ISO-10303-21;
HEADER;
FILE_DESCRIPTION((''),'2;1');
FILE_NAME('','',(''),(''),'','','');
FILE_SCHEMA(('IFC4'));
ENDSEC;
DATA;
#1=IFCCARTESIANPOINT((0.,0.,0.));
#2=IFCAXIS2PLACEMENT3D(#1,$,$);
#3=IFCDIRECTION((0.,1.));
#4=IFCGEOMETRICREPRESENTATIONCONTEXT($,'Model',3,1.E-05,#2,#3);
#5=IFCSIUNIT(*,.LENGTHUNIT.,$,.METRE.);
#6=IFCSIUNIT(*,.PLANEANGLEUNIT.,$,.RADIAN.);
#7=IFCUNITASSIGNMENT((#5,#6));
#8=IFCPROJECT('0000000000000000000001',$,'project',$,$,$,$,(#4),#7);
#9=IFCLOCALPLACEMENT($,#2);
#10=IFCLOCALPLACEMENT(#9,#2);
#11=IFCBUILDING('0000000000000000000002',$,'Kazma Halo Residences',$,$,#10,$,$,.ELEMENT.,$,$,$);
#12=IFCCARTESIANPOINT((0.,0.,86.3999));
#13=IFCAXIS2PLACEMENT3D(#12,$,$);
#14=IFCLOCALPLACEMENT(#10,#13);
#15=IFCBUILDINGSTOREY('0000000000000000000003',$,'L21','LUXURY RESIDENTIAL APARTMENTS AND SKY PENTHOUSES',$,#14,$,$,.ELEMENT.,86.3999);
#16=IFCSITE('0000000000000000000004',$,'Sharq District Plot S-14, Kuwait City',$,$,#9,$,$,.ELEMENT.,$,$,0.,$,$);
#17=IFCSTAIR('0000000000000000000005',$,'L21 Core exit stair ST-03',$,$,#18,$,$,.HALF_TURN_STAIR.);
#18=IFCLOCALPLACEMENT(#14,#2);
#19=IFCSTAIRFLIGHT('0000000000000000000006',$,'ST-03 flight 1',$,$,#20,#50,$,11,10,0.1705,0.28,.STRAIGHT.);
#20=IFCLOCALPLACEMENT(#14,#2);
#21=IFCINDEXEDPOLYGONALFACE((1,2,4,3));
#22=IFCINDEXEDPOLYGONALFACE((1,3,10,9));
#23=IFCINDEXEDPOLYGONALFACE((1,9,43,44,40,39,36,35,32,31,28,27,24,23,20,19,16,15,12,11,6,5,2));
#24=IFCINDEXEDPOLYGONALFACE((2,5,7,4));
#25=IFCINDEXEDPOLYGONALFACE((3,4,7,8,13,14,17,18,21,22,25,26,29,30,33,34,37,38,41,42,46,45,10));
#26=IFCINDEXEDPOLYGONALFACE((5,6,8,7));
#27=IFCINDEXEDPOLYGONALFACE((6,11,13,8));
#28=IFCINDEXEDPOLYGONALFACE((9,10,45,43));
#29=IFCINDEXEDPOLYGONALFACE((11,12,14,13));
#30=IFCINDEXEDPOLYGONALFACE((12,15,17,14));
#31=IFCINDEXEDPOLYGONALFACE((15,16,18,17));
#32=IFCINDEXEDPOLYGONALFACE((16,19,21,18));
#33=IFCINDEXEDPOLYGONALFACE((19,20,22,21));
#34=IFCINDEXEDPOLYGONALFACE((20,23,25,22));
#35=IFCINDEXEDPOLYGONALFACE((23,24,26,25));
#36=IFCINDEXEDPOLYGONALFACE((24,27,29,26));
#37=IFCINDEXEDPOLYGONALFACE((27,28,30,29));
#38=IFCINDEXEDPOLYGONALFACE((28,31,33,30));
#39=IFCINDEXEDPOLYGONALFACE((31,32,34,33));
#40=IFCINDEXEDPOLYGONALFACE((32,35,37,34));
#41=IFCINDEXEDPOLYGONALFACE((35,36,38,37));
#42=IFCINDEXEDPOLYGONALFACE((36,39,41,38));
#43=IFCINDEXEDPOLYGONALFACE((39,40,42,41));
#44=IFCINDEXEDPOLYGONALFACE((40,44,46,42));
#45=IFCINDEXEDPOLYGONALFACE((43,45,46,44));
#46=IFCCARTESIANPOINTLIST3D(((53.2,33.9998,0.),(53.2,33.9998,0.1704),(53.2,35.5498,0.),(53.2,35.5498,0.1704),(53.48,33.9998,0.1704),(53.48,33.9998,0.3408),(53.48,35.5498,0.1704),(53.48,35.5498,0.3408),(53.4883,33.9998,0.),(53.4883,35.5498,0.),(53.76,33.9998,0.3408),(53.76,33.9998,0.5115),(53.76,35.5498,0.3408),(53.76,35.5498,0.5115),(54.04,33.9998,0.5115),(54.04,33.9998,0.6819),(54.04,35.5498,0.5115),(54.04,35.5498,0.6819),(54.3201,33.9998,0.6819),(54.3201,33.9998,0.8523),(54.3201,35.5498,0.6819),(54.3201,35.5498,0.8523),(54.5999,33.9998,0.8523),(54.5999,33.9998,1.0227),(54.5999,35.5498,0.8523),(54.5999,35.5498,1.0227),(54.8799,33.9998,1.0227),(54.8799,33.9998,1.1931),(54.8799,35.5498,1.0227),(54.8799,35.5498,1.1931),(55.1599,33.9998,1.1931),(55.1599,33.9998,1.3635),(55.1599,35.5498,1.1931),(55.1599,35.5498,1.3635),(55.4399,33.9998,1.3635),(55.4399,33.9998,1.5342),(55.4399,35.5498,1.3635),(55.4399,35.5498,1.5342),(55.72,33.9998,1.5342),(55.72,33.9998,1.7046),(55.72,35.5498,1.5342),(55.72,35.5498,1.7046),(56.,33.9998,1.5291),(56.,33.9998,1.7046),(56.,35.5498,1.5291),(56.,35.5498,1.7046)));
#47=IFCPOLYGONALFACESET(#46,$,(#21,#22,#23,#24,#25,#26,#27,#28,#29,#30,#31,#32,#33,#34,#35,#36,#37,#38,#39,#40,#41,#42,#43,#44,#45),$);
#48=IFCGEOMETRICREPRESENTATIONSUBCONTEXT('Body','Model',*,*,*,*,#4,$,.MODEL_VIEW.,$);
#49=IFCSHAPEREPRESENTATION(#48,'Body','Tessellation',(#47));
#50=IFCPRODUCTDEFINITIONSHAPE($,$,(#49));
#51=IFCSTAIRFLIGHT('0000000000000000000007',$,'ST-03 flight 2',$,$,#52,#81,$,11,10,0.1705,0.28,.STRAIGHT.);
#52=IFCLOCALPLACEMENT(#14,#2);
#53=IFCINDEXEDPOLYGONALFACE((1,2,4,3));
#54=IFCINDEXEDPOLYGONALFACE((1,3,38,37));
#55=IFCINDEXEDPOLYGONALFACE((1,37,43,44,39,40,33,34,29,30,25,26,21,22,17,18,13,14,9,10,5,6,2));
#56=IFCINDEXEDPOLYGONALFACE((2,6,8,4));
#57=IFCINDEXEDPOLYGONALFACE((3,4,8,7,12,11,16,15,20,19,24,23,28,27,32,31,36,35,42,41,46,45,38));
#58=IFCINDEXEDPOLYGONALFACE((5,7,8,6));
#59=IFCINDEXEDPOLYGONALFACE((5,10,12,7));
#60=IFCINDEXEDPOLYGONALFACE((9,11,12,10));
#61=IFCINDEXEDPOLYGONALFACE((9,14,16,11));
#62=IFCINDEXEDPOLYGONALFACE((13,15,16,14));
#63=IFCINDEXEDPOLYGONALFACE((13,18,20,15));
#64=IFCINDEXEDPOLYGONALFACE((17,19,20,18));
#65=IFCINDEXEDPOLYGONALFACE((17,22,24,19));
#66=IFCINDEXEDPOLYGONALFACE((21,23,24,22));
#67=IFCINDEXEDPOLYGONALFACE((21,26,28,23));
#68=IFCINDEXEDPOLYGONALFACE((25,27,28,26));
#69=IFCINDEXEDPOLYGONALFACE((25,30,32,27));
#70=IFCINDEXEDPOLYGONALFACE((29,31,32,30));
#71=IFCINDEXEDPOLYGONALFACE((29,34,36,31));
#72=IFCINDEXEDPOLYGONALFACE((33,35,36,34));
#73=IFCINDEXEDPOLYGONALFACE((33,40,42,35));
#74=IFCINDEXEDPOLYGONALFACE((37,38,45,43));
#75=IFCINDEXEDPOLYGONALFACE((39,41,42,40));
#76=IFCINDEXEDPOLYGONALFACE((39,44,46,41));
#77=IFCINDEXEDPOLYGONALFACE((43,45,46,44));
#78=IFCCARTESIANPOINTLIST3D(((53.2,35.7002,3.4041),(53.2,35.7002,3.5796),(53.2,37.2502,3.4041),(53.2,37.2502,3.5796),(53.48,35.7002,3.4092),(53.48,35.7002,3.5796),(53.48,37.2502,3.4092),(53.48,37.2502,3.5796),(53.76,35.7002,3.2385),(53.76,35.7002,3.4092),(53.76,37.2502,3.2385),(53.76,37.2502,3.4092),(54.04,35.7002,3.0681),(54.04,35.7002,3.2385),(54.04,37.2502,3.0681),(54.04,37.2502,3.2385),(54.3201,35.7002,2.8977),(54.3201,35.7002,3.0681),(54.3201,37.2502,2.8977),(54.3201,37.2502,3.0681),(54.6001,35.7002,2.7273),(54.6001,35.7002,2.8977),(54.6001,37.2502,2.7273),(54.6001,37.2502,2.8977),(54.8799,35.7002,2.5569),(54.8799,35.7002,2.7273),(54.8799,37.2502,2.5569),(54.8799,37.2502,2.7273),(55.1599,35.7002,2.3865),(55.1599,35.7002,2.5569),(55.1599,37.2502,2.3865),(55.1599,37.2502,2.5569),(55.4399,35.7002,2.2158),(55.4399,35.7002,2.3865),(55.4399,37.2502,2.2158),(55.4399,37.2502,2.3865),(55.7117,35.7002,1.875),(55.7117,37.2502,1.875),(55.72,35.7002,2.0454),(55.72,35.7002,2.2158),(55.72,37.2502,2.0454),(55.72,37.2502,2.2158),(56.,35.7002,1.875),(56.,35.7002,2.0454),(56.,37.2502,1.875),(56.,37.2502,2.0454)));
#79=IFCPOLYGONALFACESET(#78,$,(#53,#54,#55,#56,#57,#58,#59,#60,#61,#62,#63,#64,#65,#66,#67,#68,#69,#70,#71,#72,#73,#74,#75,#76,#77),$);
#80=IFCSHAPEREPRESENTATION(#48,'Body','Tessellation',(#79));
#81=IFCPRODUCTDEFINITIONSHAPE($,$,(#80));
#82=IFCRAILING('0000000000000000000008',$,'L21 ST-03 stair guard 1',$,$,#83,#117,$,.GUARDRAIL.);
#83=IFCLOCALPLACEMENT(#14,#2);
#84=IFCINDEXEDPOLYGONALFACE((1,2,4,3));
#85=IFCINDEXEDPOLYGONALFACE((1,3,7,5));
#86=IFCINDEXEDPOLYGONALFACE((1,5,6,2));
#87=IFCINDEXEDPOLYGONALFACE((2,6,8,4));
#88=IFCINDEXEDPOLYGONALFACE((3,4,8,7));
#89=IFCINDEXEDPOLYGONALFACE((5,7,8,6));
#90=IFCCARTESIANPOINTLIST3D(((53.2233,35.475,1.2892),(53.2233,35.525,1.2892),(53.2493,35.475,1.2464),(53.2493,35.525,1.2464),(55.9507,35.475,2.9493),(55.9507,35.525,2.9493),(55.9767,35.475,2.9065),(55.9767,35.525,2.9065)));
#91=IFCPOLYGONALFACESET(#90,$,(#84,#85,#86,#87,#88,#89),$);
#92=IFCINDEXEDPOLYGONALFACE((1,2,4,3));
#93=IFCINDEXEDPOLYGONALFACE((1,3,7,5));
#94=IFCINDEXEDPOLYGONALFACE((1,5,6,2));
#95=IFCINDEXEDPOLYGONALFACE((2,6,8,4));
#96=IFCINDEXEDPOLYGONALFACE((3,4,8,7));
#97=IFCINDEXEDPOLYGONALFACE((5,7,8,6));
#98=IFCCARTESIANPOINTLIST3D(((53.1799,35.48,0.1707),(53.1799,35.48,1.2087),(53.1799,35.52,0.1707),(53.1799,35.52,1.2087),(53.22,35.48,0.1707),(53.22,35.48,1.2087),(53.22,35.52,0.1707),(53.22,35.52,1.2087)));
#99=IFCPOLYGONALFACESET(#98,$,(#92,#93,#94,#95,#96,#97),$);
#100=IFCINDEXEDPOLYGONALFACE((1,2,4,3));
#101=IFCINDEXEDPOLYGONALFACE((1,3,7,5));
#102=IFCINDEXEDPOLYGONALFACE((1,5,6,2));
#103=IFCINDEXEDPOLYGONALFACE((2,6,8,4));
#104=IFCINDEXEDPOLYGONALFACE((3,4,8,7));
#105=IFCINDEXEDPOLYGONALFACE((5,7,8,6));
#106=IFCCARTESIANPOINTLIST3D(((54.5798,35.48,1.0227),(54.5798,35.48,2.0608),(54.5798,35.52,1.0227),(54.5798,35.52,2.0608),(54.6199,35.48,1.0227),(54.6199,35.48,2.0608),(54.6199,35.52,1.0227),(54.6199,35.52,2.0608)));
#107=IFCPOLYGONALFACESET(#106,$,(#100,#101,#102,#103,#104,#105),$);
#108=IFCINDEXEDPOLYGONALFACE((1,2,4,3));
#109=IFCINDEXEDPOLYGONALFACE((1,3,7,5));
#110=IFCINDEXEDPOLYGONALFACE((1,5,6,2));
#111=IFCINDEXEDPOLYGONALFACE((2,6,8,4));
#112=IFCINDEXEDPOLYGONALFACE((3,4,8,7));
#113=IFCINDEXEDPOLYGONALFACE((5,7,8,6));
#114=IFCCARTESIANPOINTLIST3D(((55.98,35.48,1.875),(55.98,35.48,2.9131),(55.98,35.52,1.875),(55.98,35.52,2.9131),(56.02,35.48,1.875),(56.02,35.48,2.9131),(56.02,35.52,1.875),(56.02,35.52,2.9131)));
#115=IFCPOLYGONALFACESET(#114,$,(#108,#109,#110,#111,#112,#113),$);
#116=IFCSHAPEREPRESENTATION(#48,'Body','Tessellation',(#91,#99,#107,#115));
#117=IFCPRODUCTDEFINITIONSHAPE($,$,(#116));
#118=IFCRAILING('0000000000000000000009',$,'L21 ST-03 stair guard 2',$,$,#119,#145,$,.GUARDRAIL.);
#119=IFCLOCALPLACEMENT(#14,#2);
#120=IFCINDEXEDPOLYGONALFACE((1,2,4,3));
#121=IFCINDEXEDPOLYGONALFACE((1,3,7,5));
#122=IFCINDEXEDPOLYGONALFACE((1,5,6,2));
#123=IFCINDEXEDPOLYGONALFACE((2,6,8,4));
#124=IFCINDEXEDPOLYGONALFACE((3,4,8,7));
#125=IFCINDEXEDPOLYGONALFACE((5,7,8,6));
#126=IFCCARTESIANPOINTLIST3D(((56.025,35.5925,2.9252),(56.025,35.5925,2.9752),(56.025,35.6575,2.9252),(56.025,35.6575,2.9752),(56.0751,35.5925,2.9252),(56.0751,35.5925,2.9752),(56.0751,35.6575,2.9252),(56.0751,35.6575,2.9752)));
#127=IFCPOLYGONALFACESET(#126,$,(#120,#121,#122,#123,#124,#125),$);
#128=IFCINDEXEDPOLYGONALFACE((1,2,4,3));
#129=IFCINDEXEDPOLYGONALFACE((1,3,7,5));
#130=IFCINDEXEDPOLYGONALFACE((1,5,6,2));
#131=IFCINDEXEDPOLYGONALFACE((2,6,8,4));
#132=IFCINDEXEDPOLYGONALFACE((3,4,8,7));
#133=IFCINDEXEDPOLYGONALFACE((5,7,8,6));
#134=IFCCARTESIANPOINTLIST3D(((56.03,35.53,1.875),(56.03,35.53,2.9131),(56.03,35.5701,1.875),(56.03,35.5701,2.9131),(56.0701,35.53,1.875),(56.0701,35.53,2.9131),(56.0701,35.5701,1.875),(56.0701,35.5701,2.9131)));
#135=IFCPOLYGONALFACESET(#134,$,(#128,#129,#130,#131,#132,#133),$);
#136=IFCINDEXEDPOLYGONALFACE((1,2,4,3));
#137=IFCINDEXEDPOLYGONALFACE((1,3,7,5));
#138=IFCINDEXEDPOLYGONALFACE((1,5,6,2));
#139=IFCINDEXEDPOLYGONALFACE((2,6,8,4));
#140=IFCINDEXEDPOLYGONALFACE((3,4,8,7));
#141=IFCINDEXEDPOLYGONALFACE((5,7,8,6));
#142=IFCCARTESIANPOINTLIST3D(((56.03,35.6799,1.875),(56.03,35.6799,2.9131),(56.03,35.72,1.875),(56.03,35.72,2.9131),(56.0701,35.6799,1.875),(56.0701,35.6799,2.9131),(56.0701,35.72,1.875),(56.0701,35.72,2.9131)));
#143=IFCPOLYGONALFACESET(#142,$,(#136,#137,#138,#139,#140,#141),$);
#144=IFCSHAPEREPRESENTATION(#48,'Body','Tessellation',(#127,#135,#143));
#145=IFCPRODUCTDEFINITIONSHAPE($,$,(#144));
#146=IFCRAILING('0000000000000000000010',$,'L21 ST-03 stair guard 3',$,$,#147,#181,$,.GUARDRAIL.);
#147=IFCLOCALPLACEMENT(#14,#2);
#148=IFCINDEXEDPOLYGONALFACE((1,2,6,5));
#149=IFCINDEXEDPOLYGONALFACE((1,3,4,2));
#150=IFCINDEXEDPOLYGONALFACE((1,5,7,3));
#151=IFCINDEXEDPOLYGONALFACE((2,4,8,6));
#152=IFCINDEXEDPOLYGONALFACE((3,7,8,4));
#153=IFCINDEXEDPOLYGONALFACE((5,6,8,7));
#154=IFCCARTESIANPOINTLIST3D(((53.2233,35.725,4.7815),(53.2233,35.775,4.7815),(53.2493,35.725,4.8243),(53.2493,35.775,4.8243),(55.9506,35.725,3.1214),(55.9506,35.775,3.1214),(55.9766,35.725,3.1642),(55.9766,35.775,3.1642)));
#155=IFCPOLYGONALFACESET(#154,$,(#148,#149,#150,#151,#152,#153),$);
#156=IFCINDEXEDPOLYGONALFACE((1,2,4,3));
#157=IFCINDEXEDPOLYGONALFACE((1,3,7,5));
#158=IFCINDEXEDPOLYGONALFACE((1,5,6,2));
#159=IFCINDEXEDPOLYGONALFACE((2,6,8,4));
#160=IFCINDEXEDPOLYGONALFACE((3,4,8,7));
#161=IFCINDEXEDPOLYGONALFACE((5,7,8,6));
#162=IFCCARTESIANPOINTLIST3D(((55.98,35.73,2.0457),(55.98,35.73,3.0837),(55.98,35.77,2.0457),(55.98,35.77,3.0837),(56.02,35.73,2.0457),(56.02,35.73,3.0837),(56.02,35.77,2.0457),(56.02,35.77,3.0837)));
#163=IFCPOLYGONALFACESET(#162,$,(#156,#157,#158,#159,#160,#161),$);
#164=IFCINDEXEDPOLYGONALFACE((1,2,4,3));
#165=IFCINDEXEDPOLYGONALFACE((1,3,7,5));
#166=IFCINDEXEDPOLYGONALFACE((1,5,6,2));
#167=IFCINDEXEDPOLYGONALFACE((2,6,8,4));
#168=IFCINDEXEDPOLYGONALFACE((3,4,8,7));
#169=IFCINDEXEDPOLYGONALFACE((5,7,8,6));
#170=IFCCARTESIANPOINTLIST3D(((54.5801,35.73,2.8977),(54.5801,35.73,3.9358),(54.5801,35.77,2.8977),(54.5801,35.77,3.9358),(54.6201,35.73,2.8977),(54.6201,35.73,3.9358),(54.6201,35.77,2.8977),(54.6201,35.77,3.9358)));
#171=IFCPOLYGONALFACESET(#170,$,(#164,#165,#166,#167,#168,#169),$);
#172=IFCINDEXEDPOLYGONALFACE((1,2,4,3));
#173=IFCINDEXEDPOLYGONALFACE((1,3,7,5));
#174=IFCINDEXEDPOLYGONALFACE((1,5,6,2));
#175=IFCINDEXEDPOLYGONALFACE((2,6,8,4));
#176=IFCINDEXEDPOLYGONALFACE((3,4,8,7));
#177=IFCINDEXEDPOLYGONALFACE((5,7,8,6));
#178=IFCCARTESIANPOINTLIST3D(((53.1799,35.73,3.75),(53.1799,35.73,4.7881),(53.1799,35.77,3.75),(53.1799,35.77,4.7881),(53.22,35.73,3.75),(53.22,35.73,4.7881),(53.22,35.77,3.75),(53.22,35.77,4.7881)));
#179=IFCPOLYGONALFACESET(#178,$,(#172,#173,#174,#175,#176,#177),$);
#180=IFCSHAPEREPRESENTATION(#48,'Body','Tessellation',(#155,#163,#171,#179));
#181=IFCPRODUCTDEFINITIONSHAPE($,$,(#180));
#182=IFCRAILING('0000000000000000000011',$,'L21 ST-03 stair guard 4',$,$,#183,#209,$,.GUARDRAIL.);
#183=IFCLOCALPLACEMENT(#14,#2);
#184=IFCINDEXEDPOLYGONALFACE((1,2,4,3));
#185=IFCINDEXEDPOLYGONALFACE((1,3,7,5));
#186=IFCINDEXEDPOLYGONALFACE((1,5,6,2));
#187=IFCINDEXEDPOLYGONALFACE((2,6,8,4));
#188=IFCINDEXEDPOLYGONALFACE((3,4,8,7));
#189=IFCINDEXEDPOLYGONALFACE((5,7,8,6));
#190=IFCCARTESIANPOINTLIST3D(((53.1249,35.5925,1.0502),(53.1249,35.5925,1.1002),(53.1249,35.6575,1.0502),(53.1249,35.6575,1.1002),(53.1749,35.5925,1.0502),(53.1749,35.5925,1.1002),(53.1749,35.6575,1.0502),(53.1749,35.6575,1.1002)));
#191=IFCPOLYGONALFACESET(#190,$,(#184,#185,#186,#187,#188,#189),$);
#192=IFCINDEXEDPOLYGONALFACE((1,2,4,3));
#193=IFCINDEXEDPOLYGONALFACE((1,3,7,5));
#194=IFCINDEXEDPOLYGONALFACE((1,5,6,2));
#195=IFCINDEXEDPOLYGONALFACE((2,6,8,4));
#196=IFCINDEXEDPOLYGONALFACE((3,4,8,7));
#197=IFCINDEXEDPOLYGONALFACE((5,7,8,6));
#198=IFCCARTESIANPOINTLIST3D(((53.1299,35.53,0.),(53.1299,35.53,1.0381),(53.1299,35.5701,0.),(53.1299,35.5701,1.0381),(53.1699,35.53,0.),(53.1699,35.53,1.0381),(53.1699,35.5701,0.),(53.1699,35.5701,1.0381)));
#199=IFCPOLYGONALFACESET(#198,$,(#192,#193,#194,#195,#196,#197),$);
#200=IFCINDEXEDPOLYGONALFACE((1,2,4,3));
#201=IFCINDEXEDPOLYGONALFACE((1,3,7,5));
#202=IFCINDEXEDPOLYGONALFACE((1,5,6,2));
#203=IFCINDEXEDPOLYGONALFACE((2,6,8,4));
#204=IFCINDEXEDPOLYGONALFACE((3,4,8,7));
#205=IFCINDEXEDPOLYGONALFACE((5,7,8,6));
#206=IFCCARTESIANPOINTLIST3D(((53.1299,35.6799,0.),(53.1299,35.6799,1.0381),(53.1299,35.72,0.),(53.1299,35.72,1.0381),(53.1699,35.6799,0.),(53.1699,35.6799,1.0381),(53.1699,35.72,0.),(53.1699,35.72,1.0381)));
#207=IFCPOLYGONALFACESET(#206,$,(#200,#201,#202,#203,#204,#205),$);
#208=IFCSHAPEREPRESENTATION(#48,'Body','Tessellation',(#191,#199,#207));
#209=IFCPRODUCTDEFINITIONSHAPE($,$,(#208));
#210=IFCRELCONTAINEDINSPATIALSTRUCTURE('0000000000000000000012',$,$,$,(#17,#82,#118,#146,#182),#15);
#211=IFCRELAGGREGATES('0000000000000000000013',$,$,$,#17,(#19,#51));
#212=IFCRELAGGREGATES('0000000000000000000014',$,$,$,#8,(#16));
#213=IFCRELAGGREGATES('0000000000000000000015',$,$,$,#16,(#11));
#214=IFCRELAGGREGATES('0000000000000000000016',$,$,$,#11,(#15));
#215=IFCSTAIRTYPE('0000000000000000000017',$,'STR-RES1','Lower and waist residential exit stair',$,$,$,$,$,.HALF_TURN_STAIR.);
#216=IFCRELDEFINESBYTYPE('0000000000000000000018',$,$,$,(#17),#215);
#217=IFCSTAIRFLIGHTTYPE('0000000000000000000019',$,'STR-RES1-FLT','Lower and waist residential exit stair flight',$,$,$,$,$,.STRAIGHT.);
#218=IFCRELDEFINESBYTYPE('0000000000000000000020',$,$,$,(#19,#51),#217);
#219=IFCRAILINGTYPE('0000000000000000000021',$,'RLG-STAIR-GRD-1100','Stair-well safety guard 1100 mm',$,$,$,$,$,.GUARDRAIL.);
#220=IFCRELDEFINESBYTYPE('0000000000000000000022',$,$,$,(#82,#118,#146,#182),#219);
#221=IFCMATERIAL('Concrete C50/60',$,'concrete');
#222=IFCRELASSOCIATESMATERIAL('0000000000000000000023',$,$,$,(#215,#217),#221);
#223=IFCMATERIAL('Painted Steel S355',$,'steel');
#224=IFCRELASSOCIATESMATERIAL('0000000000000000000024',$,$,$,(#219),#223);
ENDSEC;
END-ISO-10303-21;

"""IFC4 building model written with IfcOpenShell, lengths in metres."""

from ifc_helpers import new_model, si_unit, direction, frame, origin, origin_2d, place, context, subcontext, project, spatial, polyline, rectangle, outline, extrude, material, type_object, element, aggregate, save


model = new_model("IFC4")

# Units and contexts
model_context = context("Model", 3, precision=1e-05, world=origin(), true_north=direction((0.0, 1.0)))
body_context = subcontext(model_context, "Body", "Model", "MODEL_VIEW")
ifc_project = project(units=[si_unit("LENGTHUNIT", "METRE"), si_unit("PLANEANGLEUNIT", "RADIAN")], contexts=[model_context])

# Site, building, storey
site_placement = place(None, origin())
site = spatial("IfcSite", under=ifc_project, at=site_placement, Name="Sharq District Plot S-14, Kuwait City", CompositionType="ELEMENT", RefElevation=0.0)
building_placement = place(site_placement, origin())
building = spatial("IfcBuilding", under=site, at=building_placement, Name="Kazma Halo Residences", CompositionType="ELEMENT")
storey_placement = place(building_placement, frame((0.0, 0.0, 86.3999)))
storey = spatial("IfcBuildingStorey", under=building, at=storey_placement, Name="L21", Description="LUXURY RESIDENTIAL APARTMENTS AND SKY PENTHOUSES", CompositionType="ELEMENT", Elevation=86.3999)

# Shared definitions
ifc_material_1 = material(Name="Concrete C50/60", Category="concrete")

# Stair, stair flights
stair_type = type_object("IfcStairType", Name="STR-RES1", Description="Lower and waist residential exit stair", PredefinedType="HALF_TURN_STAIR", material=ifc_material_1)
stair_placement = place(storey_placement, origin())
stair = element("IfcStair", 1, at=stair_placement, inside=storey, type_object=stair_type, Name="L21 Core exit stair ST-03", PredefinedType="HALF_TURN_STAIR")
stair_flight_type = type_object("IfcStairFlightType", Name="STR-RES1-FLT", Description="Lower and waist residential exit stair flight", PredefinedType="STRAIGHT", material=ifc_material_1)
stair_flight_1_placement = place(storey_placement, frame((53.2, 34.7749, 0.0), z_axis=(0.0, 0.0, 1.0), x_axis=(1.0, 0.0, 0.0)))
stair_flight_1 = element("IfcStairFlight", 2, at=stair_flight_1_placement, type_object=stair_flight_type, Name="ST-03 flight 1", NumberOfRisers=11, NumberOfTreads=10, PredefinedType="STRAIGHT", RiserHeight=0.1705, TreadLength=0.28, context=body_context, shape_type="SweptSolid", body=[
    extrude(outline(polyline([(0.0, 0.0), (0.0, 0.1704), (0.28, 0.1704), (0.28, 0.3408), (0.5601, 0.3408), (0.5601, 0.5115), (0.8401, 0.5115), (0.8401, 0.6819), (1.1201, 0.6819), (1.1201, 0.8523), (1.3999, 0.8523), (1.3999, 1.0227), (1.6799, 1.0227), (1.6799, 1.1931), (1.96, 1.1931), (1.96, 1.3635), (2.24, 1.3635), (2.24, 1.5342), (2.52, 1.5342), (2.52, 1.7046), (2.8, 1.7046), (2.8, 1.875), (2.8, 1.5291), (0.2883, 0.0), (0.0, 0.0)])), frame((0.0, 0.7749, 0.0), z_axis=(0.0, -1.0, 0.0), x_axis=(1.0, 0.0, 0.0)), (0.0, 0.0, 1.0), 1.55),
])
stair_flight_2_placement = place(storey_placement, frame((56.0, 36.4751, 1.875), z_axis=(0.0, 0.0, 1.0), x_axis=(-1.0, 0.0, 0.0)))
stair_flight_2 = element("IfcStairFlight", 3, at=stair_flight_2_placement, type_object=stair_flight_type, Name="ST-03 flight 2", NumberOfRisers=11, NumberOfTreads=10, PredefinedType="STRAIGHT", RiserHeight=0.1705, TreadLength=0.28, context=body_context, shape_type="SweptSolid", body=[
    extrude(outline(polyline([(0.0, 0.0), (0.0, 0.1704), (0.28, 0.1704), (0.28, 0.3408), (0.5601, 0.3408), (0.5601, 0.5115), (0.8401, 0.5115), (0.8401, 0.6819), (1.1201, 0.6819), (1.1201, 0.8523), (1.3999, 0.8523), (1.3999, 1.0227), (1.6799, 1.0227), (1.6799, 1.1931), (1.96, 1.1931), (1.96, 1.3635), (2.24, 1.3635), (2.24, 1.5342), (2.52, 1.5342), (2.52, 1.7046), (2.8, 1.7046), (2.8, 1.875), (2.8, 1.5291), (0.2883, 0.0), (0.0, 0.0)])), frame((0.0, 0.7749, 0.0), z_axis=(0.0, -1.0, 0.0), x_axis=(1.0, 0.0, 0.0)), (0.0, 0.0, 1.0), 1.55),
])
aggregate(stair, [stair_flight_1, stair_flight_2])

# Railings
ifc_material_2 = material(Name="Painted Steel S355", Category="steel")
railing_type_1 = type_object("IfcRailingType", Name="RLG-STAIR-GRD-1100", Description="Stair-well safety guard 1100 mm", PredefinedType="GUARDRAIL", material=ifc_material_2)
railing_1_placement = place(storey_placement, frame((53.2, 35.5, 0.1707)))
element("IfcRailing", 4, at=railing_1_placement, inside=storey, type_object=railing_type_1, Name="L21 ST-03 stair guard 1", PredefinedType="GUARDRAIL", context=body_context, shape_type="SweptSolid", body=[
    extrude(rectangle(XDim=0.05, YDim=0.05, at=origin_2d()), frame((0.0364, 0.0, 1.0972), z_axis=(0.854203, 0.0, 0.51994), x_axis=(0.0, 1.0, 0.0)), (0.0, 0.0, 1.0), 3.1929),
    extrude(rectangle(XDim=0.04, YDim=0.04, at=origin_2d()), origin(), (0.0, 0.0, 1.0), 1.0381),
    extrude(rectangle(XDim=0.04, YDim=0.04, at=origin_2d()), frame((1.3999, 0.0, 0.8521)), (0.0, 0.0, 1.0), 1.0381),
    extrude(rectangle(XDim=0.04, YDim=0.04, at=origin_2d()), frame((2.8, 0.0, 1.7043)), (0.0, 0.0, 1.0), 1.0381),
])
railing_2_placement = place(storey_placement, frame((56.05, 35.55, 1.875)))
element("IfcRailing", 5, at=railing_2_placement, inside=storey, type_object=railing_type_1, Name="L21 ST-03 stair guard 2", PredefinedType="GUARDRAIL", context=body_context, shape_type="SweptSolid", body=[
    extrude(rectangle(XDim=0.05, YDim=0.05, at=origin_2d()), frame((0.0, 0.0425, 1.0752), z_axis=(0.0, 1.0, 0.0), x_axis=(-1.0, 0.0, 0.0)), (0.0, 0.0, 1.0), 0.0649),
    extrude(rectangle(XDim=0.04, YDim=0.04, at=origin_2d()), origin(), (0.0, 0.0, 1.0), 1.0381),
    extrude(rectangle(XDim=0.04, YDim=0.04, at=origin_2d()), frame((0.0, 0.1499, 0.0)), (0.0, 0.0, 1.0), 1.0381),
])
railing_3_placement = place(storey_placement, frame((56.0, 35.75, 2.0457)))
element("IfcRailing", 6, at=railing_3_placement, inside=storey, type_object=railing_type_1, Name="L21 ST-03 stair guard 3", PredefinedType="GUARDRAIL", context=body_context, shape_type="SweptSolid", body=[
    extrude(rectangle(XDim=0.05, YDim=0.05, at=origin_2d()), frame((-0.0364, 0.0, 1.0972), z_axis=(-0.854203, 0.0, 0.51994), x_axis=(0.0, -1.0, 0.0)), (0.0, 0.0, 1.0), 3.1929),
    extrude(rectangle(XDim=0.04, YDim=0.04, at=origin_2d()), origin(), (0.0, 0.0, 1.0), 1.0381),
    extrude(rectangle(XDim=0.04, YDim=0.04, at=origin_2d()), frame((-1.3999, 0.0, 0.8521)), (0.0, 0.0, 1.0), 1.0381),
    extrude(rectangle(XDim=0.04, YDim=0.04, at=origin_2d()), frame((-2.8, 0.0, 1.7043)), (0.0, 0.0, 1.0), 1.0381),
])
railing_4_placement = place(storey_placement, frame((53.1499, 35.55, 0.0)))
element("IfcRailing", 7, at=railing_4_placement, inside=storey, type_object=railing_type_1, Name="L21 ST-03 stair guard 4", PredefinedType="GUARDRAIL", context=body_context, shape_type="SweptSolid", body=[
    extrude(rectangle(XDim=0.05, YDim=0.05, at=origin_2d()), frame((0.0, 0.0425, 1.0752), z_axis=(0.0, 1.0, 0.0), x_axis=(-1.0, 0.0, 0.0)), (0.0, 0.0, 1.0), 0.0649),
    extrude(rectangle(XDim=0.04, YDim=0.04, at=origin_2d()), origin(), (0.0, 0.0, 1.0), 1.0381),
    extrude(rectangle(XDim=0.04, YDim=0.04, at=origin_2d()), frame((0.0, 0.1499, 0.0)), (0.0, 0.0, 1.0), 1.0381),
])

save(model, "model.ifc")
